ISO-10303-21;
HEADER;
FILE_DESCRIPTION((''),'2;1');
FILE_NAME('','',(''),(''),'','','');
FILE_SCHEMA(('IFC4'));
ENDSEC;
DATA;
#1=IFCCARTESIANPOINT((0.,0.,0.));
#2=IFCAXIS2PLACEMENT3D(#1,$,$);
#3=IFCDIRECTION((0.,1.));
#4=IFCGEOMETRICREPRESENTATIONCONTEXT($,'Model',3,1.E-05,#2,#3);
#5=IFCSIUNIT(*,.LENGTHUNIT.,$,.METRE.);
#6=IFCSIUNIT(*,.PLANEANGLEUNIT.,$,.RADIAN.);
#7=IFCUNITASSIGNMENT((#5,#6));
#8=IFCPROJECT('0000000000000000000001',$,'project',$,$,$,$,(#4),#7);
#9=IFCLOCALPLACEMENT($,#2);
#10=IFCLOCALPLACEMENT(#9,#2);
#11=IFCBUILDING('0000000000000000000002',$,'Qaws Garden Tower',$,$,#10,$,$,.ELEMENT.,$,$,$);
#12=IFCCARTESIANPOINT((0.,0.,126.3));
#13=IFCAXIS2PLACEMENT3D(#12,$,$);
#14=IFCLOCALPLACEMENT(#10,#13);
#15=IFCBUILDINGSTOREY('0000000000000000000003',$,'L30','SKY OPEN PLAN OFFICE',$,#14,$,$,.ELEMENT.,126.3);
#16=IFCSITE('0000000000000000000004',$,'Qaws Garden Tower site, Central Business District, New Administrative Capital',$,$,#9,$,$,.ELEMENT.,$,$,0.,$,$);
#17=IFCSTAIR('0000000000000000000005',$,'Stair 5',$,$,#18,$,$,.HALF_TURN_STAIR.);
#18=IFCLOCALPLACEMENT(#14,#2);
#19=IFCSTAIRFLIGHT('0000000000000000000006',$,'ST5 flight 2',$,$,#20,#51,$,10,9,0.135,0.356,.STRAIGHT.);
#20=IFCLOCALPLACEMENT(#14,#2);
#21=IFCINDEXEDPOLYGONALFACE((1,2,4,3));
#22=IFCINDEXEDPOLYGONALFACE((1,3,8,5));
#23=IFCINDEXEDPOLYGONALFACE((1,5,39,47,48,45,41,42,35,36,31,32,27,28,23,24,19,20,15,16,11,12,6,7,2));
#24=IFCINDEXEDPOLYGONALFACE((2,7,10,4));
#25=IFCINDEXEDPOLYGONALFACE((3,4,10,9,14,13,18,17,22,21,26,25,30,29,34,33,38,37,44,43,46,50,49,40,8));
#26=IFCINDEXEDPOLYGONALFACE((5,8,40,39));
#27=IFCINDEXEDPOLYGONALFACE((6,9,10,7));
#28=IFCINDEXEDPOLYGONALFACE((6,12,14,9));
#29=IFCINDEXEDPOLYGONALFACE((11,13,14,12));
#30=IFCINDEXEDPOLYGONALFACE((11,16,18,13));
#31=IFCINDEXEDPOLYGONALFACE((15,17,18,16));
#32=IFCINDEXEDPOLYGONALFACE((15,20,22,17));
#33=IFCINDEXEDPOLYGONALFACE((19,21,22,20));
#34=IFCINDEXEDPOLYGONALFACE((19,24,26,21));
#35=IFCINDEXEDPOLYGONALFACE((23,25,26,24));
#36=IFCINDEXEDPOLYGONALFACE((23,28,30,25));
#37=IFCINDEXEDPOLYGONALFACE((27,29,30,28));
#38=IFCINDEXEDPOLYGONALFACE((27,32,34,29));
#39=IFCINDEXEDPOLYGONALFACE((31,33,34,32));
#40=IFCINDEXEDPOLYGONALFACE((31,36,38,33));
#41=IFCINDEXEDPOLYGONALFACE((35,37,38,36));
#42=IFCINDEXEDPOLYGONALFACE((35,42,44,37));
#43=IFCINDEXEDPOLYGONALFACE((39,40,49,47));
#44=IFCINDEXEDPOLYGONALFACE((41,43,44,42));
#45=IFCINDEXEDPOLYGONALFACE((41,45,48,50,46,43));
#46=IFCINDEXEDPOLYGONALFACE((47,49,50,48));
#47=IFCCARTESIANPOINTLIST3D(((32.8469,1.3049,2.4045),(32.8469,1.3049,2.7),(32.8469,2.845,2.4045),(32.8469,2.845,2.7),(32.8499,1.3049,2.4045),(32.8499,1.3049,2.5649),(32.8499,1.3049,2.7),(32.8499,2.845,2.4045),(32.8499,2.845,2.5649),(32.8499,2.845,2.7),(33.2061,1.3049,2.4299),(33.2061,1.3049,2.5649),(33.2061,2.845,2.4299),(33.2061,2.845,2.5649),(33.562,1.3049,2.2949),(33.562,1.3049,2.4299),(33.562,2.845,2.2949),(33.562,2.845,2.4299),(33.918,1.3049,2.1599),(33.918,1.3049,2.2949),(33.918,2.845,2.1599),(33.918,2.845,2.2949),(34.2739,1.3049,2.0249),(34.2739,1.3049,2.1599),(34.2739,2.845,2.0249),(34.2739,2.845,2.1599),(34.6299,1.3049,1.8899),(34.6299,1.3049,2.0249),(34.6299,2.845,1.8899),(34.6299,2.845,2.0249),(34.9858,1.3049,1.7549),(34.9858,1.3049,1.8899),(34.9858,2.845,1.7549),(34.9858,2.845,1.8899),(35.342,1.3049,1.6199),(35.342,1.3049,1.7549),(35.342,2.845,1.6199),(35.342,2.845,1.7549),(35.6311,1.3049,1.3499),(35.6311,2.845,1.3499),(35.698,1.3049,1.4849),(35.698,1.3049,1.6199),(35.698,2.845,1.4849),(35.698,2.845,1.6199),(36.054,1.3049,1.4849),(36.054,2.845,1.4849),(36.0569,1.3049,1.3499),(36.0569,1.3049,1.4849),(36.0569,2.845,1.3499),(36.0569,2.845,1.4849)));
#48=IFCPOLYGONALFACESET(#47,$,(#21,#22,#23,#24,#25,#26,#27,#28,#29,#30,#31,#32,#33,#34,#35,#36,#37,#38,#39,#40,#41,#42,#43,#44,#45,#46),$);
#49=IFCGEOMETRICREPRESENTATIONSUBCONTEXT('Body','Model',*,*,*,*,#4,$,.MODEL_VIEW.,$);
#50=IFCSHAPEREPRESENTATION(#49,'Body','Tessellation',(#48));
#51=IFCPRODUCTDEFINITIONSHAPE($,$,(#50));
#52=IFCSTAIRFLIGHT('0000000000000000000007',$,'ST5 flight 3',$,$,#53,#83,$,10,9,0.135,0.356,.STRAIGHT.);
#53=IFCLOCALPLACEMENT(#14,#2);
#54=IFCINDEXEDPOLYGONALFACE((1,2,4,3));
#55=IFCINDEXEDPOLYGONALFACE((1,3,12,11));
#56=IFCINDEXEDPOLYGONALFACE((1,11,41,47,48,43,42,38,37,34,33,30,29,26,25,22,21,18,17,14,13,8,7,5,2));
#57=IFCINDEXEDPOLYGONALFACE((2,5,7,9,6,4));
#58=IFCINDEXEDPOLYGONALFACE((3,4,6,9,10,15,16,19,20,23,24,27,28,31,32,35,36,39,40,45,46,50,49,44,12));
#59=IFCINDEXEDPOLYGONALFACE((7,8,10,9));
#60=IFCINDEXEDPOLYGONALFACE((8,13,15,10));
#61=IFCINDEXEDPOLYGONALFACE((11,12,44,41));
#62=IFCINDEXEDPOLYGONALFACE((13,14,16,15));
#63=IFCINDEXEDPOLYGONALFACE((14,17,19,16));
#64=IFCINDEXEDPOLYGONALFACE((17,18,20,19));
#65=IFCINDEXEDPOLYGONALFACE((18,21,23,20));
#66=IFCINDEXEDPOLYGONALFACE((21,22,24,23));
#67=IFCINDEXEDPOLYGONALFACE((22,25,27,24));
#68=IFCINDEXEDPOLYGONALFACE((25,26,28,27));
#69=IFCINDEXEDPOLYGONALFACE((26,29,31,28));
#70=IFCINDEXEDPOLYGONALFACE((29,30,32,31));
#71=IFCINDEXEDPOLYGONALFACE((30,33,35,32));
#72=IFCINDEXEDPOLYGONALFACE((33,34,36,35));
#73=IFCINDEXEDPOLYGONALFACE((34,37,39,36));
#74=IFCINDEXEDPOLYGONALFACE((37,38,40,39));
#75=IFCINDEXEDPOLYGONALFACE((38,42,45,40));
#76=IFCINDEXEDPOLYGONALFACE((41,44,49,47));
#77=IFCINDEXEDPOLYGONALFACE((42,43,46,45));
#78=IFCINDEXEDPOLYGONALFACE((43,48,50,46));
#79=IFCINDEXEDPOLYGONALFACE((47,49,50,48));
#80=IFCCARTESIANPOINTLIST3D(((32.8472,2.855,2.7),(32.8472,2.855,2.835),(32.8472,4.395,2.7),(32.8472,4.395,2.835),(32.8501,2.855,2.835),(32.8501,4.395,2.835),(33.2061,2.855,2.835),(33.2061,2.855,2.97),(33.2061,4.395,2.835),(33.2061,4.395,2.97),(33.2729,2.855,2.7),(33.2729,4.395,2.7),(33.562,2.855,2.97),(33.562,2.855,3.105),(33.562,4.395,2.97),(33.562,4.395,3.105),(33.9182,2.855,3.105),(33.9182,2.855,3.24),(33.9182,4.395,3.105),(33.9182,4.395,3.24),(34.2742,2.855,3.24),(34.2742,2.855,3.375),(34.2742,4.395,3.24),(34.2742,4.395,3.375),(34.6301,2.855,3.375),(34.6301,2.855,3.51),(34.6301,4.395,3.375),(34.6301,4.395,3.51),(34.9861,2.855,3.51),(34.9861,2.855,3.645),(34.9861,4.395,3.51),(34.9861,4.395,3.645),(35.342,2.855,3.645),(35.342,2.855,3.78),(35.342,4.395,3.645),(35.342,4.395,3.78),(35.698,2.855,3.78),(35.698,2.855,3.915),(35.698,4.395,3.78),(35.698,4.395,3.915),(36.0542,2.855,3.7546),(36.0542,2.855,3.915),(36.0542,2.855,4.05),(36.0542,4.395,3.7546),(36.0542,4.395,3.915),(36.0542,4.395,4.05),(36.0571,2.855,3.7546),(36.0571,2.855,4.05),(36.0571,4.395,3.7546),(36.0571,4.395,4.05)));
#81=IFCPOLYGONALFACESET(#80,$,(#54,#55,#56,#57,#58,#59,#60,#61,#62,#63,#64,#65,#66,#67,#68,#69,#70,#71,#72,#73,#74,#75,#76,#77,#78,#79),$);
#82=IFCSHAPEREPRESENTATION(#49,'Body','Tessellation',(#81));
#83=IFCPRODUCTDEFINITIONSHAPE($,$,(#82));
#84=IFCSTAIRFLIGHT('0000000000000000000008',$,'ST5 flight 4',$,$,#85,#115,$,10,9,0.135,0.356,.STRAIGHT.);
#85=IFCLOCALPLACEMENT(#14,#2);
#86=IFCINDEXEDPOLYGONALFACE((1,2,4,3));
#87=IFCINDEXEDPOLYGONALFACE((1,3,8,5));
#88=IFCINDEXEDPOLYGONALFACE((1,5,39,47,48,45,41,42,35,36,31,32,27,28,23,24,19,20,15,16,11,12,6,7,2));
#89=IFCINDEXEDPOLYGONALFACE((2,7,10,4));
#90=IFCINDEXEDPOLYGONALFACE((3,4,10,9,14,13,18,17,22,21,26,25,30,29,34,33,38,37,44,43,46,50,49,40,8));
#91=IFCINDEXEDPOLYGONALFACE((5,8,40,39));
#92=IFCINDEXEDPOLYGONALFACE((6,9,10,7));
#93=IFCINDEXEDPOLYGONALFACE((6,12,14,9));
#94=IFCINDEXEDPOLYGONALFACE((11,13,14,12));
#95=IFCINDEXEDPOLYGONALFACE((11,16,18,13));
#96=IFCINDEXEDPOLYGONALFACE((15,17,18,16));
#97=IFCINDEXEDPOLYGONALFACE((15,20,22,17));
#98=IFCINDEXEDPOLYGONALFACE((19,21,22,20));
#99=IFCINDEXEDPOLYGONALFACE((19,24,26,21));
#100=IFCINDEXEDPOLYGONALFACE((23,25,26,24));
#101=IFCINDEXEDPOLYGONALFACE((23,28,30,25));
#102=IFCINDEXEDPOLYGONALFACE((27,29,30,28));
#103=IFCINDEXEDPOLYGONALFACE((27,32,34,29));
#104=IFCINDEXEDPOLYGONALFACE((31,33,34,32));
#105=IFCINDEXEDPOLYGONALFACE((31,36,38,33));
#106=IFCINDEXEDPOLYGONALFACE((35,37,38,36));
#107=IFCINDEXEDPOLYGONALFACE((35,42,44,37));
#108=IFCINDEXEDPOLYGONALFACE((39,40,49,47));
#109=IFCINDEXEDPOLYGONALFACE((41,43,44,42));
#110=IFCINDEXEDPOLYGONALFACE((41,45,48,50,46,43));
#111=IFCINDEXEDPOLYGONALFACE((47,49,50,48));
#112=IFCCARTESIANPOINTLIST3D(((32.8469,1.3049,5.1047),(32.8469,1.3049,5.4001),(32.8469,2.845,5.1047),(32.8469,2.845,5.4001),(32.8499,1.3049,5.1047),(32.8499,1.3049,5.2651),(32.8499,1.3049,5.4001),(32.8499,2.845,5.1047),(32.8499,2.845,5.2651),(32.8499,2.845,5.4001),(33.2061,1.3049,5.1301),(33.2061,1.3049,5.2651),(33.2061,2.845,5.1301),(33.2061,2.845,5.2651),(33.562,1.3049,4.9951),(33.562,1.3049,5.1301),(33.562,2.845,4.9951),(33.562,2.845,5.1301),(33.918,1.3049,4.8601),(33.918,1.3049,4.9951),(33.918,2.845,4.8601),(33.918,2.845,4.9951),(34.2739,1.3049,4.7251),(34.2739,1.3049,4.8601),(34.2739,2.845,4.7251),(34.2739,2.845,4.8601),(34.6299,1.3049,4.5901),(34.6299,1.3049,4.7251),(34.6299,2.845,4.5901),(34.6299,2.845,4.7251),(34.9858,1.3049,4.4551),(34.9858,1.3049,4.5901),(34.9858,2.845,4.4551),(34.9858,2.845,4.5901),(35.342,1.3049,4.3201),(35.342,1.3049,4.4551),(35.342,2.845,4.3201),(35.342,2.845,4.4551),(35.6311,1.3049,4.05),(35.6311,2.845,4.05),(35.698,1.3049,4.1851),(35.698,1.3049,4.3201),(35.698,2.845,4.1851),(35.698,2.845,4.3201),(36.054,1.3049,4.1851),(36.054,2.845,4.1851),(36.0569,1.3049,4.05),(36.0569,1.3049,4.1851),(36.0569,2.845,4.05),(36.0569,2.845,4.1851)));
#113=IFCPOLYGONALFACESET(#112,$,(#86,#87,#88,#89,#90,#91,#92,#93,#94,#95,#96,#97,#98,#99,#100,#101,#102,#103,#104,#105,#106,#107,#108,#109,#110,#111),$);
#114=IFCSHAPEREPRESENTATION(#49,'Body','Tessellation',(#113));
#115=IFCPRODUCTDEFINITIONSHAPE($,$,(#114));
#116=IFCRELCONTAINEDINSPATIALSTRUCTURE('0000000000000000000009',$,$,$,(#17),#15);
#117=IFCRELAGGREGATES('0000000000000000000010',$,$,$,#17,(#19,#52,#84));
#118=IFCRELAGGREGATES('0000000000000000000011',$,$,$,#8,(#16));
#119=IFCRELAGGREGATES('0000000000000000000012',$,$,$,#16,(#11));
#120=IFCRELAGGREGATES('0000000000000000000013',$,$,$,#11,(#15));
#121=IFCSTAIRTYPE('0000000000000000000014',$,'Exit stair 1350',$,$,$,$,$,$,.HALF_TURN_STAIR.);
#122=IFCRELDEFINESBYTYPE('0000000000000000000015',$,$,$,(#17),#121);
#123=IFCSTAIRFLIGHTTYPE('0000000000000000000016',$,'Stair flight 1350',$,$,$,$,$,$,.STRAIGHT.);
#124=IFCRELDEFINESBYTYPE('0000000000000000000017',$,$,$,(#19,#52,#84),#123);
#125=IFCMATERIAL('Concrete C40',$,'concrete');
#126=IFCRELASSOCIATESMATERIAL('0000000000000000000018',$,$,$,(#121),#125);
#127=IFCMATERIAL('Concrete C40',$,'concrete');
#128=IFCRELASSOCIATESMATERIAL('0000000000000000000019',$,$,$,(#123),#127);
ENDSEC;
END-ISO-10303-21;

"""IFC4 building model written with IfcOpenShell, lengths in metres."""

from ifc_helpers import new_model, si_unit, direction, frame, origin, place, context, subcontext, project, spatial, polyline, outline, extrude, material, type_object, element, aggregate, save


model = new_model("IFC4")

# Units and contexts
model_context = context("Model", 3, precision=1e-05, world=origin(), true_north=direction((0.0, 1.0)))
body_context = subcontext(model_context, "Body", "Model", "MODEL_VIEW")
ifc_project = project(units=[si_unit("LENGTHUNIT", "METRE"), si_unit("PLANEANGLEUNIT", "RADIAN")], contexts=[model_context])

# Site, building, storey
site_placement = place(None, origin())
site = spatial("IfcSite", under=ifc_project, at=site_placement, Name="Qaws Garden Tower site, Central Business District, New Administrative Capital", CompositionType="ELEMENT", RefElevation=0.0)
building_placement = place(site_placement, origin())
building = spatial("IfcBuilding", under=site, at=building_placement, Name="Qaws Garden Tower", CompositionType="ELEMENT")
storey_placement = place(building_placement, frame((0.0, 0.0, 126.3)))
storey = spatial("IfcBuildingStorey", under=building, at=storey_placement, Name="L30", Description="SKY OPEN PLAN OFFICE", CompositionType="ELEMENT", Elevation=126.3)

# Stair, stair flights
ifc_material_1 = material(Name="Concrete C40", Category="concrete")
stair_type = type_object("IfcStairType", Name="Exit stair 1350", PredefinedType="HALF_TURN_STAIR", material=ifc_material_1)
stair_placement = place(storey_placement, origin())
stair = element("IfcStair", 1, at=stair_placement, inside=storey, type_object=stair_type, Name="Stair 5", PredefinedType="HALF_TURN_STAIR")
ifc_material_2 = material(Name="Concrete C40", Category="concrete")
stair_flight_type = type_object("IfcStairFlightType", Name="Stair flight 1350", PredefinedType="STRAIGHT", material=ifc_material_2)
stair_flight_1_placement = place(storey_placement, frame((36.054, 2.075, 1.3499), z_axis=(0.0, 0.0, 1.0), x_axis=(-1.0, 0.0, 0.0)))
stair_flight_1 = element("IfcStairFlight", 2, at=stair_flight_1_placement, type_object=stair_flight_type, Name="ST5 flight 2", NumberOfRisers=10, NumberOfTreads=9, PredefinedType="STRAIGHT", RiserHeight=0.135, TreadLength=0.356, context=body_context, shape_type="SweptSolid", body=[
    extrude(outline(polyline([(-0.0029, 0.0), (-0.0029, 0.135), (0.0, 0.135), (0.356, 0.135), (0.356, 0.27), (0.7119, 0.27), (0.7119, 0.405), (1.0681, 0.405), (1.0681, 0.54), (1.4241, 0.54), (1.4241, 0.675), (1.78, 0.675), (1.78, 0.8101), (2.136, 0.8101), (2.136, 0.9451), (2.4919, 0.9451), (2.4919, 1.0801), (2.8479, 1.0801), (2.8479, 1.2151), (3.2041, 1.2151), (3.2041, 1.3501), (3.207, 1.3501), (3.207, 1.0547), (3.2041, 1.0547), (0.4229, 0.0), (-0.0029, 0.0)])), frame((0.0, 0.77, 0.0), z_axis=(0.0, -1.0, 0.0), x_axis=(1.0, 0.0, 0.0)), (0.0, 0.0, 1.0), 1.54),
])
stair_flight_2_placement = place(storey_placement, frame((32.8501, 3.625, 2.7), z_axis=(0.0, 0.0, 1.0), x_axis=(1.0, 0.0, 0.0)))
stair_flight_2 = element("IfcStairFlight", 3, at=stair_flight_2_placement, type_object=stair_flight_type, Name="ST5 flight 3", NumberOfRisers=10, NumberOfTreads=9, PredefinedType="STRAIGHT", RiserHeight=0.135, TreadLength=0.356, context=body_context, shape_type="SweptSolid", body=[
    extrude(outline(polyline([(-0.0029, 0.0), (-0.0029, 0.135), (0.0, 0.135), (0.356, 0.135), (0.356, 0.27), (0.7119, 0.27), (0.7119, 0.405), (1.0681, 0.405), (1.0681, 0.54), (1.4241, 0.54), (1.4241, 0.675), (1.78, 0.675), (1.78, 0.8101), (2.136, 0.8101), (2.136, 0.9451), (2.4919, 0.9451), (2.4919, 1.0801), (2.8479, 1.0801), (2.8479, 1.2151), (3.2041, 1.2151), (3.2041, 1.3501), (3.207, 1.3501), (3.207, 1.0547), (3.2041, 1.0547), (0.4229, 0.0), (-0.0029, 0.0)])), frame((0.0, 0.77, 0.0), z_axis=(0.0, -1.0, 0.0), x_axis=(1.0, 0.0, 0.0)), (0.0, 0.0, 1.0), 1.54),
])
stair_flight_3_placement = place(storey_placement, frame((36.054, 2.075, 4.05), z_axis=(0.0, 0.0, 1.0), x_axis=(-1.0, 0.0, 0.0)))
stair_flight_3 = element("IfcStairFlight", 4, at=stair_flight_3_placement, type_object=stair_flight_type, Name="ST5 flight 4", NumberOfRisers=10, NumberOfTreads=9, PredefinedType="STRAIGHT", RiserHeight=0.135, TreadLength=0.356, context=body_context, shape_type="SweptSolid", body=[
    extrude(outline(polyline([(-0.0029, 0.0), (-0.0029, 0.135), (0.0, 0.135), (0.356, 0.135), (0.356, 0.27), (0.7119, 0.27), (0.7119, 0.405), (1.0681, 0.405), (1.0681, 0.54), (1.4241, 0.54), (1.4241, 0.675), (1.78, 0.675), (1.78, 0.8101), (2.136, 0.8101), (2.136, 0.9451), (2.4919, 0.9451), (2.4919, 1.0801), (2.8479, 1.0801), (2.8479, 1.2151), (3.2041, 1.2151), (3.2041, 1.3501), (3.207, 1.3501), (3.207, 1.0547), (3.2041, 1.0547), (0.4229, 0.0), (-0.0029, 0.0)])), frame((0.0, 0.77, 0.0), z_axis=(0.0, -1.0, 0.0), x_axis=(1.0, 0.0, 0.0)), (0.0, 0.0, 1.0), 1.54),
])
aggregate(stair, [stair_flight_1, stair_flight_2, stair_flight_3])

save(model, "model.ifc")
